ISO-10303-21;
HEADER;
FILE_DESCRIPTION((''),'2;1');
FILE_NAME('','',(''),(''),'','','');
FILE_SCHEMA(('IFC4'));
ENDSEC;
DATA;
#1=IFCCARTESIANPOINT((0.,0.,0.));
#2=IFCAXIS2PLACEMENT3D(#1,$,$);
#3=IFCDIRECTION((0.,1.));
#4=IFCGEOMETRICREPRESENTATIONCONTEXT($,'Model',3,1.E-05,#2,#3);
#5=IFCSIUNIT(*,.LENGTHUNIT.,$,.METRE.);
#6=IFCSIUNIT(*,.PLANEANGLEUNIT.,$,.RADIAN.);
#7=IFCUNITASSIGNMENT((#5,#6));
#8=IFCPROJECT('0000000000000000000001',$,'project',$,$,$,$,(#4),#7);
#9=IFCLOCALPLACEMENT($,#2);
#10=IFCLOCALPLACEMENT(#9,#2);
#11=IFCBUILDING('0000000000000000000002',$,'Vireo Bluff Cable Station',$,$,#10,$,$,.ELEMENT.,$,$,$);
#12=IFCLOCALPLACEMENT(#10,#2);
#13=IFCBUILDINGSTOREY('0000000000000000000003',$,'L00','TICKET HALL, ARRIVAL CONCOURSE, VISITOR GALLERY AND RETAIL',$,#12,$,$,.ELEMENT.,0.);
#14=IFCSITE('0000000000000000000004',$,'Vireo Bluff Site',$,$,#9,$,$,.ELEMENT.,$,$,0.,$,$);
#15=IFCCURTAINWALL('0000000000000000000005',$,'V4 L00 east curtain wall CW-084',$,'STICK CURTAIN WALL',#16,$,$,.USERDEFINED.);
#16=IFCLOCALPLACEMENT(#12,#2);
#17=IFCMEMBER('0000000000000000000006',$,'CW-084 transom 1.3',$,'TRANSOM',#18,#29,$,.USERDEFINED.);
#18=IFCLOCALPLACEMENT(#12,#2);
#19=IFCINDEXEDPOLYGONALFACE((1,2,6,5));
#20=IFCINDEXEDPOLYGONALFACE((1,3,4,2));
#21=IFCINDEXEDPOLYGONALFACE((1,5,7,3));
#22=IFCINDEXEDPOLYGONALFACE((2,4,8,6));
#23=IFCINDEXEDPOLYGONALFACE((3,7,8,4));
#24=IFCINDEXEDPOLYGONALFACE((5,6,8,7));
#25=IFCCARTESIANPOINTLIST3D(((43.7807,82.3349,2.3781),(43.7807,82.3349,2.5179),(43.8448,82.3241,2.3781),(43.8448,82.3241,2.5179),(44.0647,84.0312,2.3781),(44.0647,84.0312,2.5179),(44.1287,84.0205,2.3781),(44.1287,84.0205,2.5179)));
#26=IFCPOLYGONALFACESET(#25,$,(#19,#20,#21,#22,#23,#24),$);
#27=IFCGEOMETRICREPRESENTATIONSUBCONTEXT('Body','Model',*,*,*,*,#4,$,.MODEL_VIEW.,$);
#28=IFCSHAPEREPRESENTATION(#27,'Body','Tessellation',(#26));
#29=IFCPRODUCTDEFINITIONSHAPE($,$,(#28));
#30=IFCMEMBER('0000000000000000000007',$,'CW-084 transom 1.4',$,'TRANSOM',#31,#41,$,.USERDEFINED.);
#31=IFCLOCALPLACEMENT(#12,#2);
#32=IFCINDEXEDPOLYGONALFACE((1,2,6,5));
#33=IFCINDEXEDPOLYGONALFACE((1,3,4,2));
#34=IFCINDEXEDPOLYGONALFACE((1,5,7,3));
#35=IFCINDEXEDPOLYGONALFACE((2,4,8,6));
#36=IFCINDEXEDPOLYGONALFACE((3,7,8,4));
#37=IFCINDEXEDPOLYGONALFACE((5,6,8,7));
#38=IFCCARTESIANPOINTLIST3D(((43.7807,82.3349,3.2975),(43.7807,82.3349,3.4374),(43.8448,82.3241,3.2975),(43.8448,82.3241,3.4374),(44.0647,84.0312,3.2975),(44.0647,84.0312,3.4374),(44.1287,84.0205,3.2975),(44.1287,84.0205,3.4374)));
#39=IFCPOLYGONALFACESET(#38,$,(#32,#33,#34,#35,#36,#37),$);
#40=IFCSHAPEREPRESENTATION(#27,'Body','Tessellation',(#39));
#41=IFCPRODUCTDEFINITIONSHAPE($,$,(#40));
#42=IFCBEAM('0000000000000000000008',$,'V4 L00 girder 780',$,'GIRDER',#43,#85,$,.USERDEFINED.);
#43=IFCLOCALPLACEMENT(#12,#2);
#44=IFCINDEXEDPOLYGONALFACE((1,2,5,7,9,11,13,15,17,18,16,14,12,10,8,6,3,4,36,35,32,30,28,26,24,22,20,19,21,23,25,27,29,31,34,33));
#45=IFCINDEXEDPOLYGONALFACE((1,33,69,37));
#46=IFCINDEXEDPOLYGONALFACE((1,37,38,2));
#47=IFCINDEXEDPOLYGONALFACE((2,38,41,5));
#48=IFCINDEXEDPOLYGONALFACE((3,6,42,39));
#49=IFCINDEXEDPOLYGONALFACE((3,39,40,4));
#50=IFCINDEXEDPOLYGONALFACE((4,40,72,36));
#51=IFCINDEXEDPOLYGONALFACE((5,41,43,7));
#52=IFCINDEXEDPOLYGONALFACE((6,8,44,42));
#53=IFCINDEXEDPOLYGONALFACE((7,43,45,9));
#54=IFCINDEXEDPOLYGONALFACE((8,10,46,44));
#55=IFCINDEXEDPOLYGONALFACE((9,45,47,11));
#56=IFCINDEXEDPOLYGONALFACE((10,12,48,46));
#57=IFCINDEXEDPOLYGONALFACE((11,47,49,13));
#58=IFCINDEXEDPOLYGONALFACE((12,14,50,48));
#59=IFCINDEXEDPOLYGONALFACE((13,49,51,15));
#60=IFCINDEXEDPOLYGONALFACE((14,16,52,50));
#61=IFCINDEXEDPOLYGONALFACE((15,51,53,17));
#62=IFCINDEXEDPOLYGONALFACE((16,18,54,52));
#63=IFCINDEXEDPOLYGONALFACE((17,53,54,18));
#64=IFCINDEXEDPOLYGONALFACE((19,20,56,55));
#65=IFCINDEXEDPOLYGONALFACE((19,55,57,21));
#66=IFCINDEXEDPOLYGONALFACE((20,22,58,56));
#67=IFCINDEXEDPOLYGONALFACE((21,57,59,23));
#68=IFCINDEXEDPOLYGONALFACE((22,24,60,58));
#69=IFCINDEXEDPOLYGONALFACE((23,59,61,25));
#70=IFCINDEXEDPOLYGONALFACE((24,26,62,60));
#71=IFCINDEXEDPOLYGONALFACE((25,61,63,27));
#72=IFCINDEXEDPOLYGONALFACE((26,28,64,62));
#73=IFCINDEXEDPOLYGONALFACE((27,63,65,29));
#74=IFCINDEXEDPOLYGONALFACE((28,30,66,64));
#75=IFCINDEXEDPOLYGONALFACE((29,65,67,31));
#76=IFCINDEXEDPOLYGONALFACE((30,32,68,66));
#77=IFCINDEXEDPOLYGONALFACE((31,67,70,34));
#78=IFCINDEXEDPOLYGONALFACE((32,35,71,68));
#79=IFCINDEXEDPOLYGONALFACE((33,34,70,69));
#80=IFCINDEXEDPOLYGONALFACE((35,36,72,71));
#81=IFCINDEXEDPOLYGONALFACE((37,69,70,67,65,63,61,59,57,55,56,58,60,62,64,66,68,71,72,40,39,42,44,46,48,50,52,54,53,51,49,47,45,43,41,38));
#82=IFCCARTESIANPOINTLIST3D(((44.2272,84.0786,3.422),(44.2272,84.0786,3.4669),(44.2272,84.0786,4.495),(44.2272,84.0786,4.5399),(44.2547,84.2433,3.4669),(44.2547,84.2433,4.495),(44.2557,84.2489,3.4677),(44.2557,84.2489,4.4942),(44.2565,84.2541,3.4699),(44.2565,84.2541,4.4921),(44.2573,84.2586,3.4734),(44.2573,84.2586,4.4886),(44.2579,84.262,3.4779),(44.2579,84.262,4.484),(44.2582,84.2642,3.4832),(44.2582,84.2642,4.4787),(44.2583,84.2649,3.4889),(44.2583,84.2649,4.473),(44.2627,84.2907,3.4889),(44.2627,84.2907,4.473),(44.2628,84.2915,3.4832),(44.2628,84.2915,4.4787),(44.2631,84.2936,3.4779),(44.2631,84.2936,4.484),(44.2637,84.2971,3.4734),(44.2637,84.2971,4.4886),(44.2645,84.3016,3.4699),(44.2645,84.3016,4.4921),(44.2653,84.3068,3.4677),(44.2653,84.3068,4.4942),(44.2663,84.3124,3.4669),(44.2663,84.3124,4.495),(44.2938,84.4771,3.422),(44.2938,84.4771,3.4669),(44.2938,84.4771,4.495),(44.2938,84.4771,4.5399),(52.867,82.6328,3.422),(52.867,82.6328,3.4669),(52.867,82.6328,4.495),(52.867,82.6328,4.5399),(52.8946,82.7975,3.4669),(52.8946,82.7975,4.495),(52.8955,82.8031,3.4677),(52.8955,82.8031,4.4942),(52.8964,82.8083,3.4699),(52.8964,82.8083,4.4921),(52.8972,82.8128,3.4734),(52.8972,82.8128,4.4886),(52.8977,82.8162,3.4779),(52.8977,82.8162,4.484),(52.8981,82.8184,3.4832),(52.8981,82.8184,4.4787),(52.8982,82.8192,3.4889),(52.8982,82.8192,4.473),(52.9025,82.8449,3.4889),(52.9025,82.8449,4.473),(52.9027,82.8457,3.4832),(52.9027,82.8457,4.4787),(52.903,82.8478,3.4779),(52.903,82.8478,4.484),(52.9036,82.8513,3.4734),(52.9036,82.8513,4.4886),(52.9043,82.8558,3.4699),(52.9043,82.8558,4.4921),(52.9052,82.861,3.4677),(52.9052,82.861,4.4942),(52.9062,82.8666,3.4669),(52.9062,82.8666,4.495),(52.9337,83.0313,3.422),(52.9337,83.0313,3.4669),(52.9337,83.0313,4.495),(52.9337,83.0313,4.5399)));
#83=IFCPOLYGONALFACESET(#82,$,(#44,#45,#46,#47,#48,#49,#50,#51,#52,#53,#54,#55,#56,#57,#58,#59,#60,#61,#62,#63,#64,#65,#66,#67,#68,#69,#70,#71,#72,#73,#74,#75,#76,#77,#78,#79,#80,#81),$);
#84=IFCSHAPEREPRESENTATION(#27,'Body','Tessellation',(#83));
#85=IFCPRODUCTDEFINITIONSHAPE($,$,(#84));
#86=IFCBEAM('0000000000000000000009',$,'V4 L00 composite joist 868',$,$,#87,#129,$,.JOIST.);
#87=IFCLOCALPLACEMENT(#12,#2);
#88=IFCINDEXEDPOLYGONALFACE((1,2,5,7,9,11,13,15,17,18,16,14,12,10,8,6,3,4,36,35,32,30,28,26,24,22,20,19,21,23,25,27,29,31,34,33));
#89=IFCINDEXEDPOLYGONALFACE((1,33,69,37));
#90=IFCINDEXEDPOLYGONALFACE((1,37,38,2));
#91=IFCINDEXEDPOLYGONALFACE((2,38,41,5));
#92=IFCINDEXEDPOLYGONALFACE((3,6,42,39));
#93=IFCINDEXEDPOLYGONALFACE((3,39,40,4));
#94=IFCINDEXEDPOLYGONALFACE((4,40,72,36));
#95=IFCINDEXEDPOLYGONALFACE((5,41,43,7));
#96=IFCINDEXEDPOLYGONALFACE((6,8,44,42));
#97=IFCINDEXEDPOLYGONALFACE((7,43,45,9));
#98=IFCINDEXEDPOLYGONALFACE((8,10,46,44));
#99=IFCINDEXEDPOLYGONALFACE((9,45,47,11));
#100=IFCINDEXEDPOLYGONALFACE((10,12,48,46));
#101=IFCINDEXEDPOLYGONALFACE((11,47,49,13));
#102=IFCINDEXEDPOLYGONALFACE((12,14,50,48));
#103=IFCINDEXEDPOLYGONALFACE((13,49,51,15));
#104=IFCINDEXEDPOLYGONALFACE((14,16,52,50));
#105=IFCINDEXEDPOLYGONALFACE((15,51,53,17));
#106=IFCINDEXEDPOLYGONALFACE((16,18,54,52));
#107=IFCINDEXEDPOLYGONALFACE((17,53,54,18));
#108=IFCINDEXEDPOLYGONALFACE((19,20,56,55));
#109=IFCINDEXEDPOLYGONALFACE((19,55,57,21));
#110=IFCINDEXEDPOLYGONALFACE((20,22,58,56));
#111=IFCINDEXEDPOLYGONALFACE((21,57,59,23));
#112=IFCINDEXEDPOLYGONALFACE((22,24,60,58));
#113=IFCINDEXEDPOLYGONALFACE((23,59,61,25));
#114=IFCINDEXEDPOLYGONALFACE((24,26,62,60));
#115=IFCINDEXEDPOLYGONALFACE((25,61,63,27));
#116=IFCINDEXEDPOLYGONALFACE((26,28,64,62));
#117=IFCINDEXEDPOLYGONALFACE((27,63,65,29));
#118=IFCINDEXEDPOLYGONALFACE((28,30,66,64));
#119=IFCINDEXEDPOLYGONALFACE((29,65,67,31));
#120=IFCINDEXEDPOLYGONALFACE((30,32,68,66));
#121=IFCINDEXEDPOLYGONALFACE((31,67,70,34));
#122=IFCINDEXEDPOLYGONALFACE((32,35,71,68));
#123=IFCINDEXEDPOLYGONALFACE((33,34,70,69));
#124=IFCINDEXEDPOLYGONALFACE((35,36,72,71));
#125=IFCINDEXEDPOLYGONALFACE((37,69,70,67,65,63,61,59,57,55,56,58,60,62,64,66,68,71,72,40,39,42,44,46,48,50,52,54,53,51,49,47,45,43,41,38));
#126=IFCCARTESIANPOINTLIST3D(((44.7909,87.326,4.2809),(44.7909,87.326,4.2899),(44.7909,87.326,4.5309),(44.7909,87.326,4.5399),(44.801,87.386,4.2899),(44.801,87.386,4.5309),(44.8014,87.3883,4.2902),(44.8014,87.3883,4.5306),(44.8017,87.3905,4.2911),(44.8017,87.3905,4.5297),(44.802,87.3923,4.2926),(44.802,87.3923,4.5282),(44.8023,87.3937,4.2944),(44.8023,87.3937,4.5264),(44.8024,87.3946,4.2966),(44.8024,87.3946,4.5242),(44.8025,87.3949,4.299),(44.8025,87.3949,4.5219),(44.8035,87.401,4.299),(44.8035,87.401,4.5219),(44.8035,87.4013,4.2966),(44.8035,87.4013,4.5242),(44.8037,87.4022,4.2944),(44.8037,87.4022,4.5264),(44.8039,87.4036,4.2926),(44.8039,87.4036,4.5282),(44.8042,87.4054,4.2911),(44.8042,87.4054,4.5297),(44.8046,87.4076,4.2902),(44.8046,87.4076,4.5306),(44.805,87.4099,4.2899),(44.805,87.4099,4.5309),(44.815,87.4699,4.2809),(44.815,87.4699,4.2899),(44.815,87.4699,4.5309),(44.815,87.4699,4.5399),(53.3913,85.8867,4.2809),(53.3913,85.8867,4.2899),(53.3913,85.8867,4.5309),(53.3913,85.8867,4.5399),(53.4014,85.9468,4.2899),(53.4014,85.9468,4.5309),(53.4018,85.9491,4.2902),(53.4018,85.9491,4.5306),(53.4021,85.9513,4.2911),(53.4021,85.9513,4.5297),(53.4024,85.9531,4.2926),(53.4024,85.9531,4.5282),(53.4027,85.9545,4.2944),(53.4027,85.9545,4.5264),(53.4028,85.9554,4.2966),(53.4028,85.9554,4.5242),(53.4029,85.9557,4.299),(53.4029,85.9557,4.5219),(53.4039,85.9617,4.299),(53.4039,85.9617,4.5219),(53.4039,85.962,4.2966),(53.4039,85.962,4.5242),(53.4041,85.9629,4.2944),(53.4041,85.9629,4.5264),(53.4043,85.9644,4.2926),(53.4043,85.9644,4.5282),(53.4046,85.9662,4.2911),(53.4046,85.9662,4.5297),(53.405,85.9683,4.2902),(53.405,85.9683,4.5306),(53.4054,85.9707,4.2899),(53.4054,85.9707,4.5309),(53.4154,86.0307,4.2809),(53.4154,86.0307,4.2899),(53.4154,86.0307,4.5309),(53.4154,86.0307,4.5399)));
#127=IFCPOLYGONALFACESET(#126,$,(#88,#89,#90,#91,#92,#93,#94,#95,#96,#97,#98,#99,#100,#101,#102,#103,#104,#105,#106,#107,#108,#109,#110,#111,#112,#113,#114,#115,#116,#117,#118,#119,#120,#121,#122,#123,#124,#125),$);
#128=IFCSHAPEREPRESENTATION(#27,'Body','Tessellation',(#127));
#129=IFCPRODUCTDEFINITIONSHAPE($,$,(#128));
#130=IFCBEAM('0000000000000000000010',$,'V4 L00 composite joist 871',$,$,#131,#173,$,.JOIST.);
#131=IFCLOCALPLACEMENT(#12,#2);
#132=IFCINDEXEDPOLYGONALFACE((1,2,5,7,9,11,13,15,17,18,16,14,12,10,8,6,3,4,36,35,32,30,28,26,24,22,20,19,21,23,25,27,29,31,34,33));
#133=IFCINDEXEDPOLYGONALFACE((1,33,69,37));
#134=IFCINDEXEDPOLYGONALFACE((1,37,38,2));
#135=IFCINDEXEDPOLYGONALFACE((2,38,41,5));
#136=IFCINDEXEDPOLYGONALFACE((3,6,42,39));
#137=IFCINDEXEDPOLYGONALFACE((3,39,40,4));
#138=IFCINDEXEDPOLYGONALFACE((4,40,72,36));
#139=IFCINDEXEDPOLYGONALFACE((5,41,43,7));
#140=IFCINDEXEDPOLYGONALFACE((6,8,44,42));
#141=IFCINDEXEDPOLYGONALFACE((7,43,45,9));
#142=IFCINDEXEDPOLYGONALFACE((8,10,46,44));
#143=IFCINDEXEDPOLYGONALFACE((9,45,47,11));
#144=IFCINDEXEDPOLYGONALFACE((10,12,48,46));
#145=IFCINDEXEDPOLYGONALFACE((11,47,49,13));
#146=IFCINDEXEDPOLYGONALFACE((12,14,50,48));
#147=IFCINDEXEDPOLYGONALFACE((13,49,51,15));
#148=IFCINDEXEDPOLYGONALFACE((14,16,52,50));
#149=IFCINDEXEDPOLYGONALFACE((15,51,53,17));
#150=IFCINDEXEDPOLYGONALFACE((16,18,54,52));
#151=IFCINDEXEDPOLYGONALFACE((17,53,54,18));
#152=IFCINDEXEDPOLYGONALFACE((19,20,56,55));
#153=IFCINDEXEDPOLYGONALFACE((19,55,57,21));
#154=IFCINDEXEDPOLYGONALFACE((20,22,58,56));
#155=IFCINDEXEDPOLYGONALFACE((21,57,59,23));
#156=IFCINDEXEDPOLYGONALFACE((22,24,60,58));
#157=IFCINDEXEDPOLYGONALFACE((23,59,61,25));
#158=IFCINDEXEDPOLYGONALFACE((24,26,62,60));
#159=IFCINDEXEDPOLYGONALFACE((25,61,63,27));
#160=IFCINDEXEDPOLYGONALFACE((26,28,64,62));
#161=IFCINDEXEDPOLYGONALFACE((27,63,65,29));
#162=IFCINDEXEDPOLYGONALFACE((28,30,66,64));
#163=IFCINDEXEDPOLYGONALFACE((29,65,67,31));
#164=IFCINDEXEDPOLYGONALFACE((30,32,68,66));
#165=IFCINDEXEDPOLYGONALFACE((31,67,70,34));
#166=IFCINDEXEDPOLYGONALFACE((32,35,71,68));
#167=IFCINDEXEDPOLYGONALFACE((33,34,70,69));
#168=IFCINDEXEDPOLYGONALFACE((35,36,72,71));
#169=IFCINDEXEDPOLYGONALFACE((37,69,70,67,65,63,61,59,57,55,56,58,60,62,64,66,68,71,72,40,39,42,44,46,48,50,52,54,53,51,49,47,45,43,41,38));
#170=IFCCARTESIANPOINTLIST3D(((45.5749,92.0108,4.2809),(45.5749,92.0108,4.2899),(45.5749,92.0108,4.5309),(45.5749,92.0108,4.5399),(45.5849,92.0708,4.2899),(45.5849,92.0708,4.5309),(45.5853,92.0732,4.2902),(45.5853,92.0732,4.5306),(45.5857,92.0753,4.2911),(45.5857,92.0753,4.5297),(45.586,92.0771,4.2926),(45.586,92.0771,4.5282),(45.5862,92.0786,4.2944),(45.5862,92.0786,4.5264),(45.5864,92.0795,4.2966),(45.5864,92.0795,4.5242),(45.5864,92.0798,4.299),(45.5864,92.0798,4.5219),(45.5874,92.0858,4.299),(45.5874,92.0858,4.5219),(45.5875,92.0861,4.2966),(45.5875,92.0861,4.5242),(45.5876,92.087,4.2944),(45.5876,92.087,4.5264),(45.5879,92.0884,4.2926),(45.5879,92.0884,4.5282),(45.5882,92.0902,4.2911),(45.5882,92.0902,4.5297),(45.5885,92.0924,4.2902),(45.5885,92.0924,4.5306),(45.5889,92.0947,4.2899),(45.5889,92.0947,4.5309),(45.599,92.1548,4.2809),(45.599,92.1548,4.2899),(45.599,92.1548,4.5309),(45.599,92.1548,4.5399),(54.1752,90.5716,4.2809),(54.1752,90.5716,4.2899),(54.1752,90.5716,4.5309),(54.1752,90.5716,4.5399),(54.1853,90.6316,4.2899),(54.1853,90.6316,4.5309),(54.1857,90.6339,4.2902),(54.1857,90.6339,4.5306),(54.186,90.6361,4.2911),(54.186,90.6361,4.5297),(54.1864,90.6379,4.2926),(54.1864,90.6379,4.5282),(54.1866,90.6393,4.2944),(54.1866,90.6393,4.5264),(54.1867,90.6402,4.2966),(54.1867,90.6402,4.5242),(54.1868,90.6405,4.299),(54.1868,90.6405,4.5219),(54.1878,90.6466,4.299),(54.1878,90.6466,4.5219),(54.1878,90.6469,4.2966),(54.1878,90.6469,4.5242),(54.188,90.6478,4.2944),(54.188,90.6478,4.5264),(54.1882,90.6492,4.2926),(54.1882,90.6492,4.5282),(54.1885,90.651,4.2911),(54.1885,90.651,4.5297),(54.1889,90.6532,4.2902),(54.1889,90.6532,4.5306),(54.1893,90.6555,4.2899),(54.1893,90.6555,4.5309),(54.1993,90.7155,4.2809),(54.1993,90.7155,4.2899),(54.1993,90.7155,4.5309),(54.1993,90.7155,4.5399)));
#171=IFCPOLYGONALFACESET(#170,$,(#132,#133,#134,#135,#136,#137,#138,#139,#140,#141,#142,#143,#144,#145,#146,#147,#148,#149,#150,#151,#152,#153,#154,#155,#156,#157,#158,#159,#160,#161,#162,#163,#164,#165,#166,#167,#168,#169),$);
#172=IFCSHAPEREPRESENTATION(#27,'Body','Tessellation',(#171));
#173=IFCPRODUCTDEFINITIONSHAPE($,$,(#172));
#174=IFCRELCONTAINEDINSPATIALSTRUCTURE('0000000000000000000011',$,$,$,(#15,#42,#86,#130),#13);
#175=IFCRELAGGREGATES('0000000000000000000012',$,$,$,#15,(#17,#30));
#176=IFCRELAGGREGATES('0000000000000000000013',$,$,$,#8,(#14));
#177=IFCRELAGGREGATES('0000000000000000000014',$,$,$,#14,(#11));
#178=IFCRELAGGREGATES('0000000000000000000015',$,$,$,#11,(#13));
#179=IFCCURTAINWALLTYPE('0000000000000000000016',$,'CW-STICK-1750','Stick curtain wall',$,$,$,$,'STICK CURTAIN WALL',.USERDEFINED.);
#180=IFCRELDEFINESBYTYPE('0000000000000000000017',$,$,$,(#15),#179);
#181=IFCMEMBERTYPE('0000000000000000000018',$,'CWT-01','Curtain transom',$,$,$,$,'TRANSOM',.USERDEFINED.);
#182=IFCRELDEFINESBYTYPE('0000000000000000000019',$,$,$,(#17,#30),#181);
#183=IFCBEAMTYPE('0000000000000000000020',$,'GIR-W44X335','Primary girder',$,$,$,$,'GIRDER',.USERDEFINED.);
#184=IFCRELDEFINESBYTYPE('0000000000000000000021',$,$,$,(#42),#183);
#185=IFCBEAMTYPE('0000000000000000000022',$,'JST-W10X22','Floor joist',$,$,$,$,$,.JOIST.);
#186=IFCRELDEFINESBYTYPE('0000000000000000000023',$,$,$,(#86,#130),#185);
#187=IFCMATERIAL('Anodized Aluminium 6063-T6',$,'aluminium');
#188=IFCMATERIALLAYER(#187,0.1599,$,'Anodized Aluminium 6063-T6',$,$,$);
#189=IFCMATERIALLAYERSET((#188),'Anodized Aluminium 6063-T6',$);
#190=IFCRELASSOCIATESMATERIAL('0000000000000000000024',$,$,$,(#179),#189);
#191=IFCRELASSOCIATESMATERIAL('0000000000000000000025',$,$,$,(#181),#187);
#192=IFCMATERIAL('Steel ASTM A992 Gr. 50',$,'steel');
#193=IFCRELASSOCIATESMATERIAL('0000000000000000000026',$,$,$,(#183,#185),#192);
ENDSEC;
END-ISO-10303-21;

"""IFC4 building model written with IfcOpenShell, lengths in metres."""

from ifc_helpers import new_model, si_unit, direction, frame, origin, origin_2d, place, context, subcontext, project, spatial, rectangle, i_section, extrude, material, layer, layer_set, material_profile, profile_set, type_object, element, aggregate, save


model = new_model("IFC4")

# Units and contexts
model_context = context("Model", 3, precision=1e-05, world=origin(), true_north=direction((0.0, 1.0)))
body_context = subcontext(model_context, "Body", "Model", "MODEL_VIEW")
ifc_project = project(units=[si_unit("LENGTHUNIT", "METRE"), si_unit("PLANEANGLEUNIT", "RADIAN")], contexts=[model_context])

# Site, building, storey
site_placement = place(None, origin())
site = spatial("IfcSite", under=ifc_project, at=site_placement, Name="Vireo Bluff Site", CompositionType="ELEMENT", RefElevation=0.0)
building_placement = place(site_placement, origin())
building = spatial("IfcBuilding", under=site, at=building_placement, Name="Vireo Bluff Cable Station", CompositionType="ELEMENT")
storey_placement = place(building_placement, origin())
storey = spatial("IfcBuildingStorey", under=building, at=storey_placement, Name="L00", Description="TICKET HALL, ARRIVAL CONCOURSE, VISITOR GALLERY AND RETAIL", CompositionType="ELEMENT", Elevation=0.0)

# Shared definitions
ifc_material_1 = material(Name="Steel ASTM A992 Gr. 50", Category="steel")

# Curtain wall, members
ifc_material_2 = material(Name="Anodized Aluminium 6063-T6", Category="aluminium")
ifc_layer_1 = layer(ifc_material_2, 0.1599, Name="Anodized Aluminium 6063-T6")
ifc_layer_set_1 = layer_set([ifc_layer_1], Name="Anodized Aluminium 6063-T6")
curtain_wall_type = type_object("IfcCurtainWallType", Name="CW-STICK-1750", Description="Stick curtain wall", ElementType="STICK CURTAIN WALL", PredefinedType="USERDEFINED", material=ifc_layer_set_1)
curtain_wall_placement = place(storey_placement, origin())
curtain_wall = element("IfcCurtainWall", 1, at=curtain_wall_placement, inside=storey, type_object=curtain_wall_type, Name="V4 L00 east curtain wall CW-084", ObjectType="STICK CURTAIN WALL", PredefinedType="USERDEFINED")
ifc_material_profile_1 = material_profile(ifc_material_2, rectangle(XDim=0.0649, YDim=0.1399, at=origin_2d()), Name="ALU-T-65X140")
ifc_profile_set_1 = profile_set([ifc_material_profile_1], Name="Anodized Aluminium 6063-T6")
member_type_1 = type_object("IfcMemberType", Name="CWT-01", Description="Curtain transom", ElementType="TRANSOM", PredefinedType="USERDEFINED", material=ifc_profile_set_1)
member_1_placement = place(storey_placement, frame((44.0967, 84.0259, 2.448), z_axis=(-0.16509, -0.986279, 0.0), x_axis=(0.986279, -0.16509, 0.0)))
member_1 = element("IfcMember", 2, at=member_1_placement, type_object=member_type_1, Name="CW-084 transom 1.3", ObjectType="TRANSOM", PredefinedType="USERDEFINED", context=body_context, shape_type="SweptSolid", body=[
    extrude(rectangle(XDim=0.0649, YDim=0.1399, at=origin_2d()), origin(), (0.0, 0.0, 1.0), 1.72),
])
member_2_placement = place(storey_placement, frame((44.0967, 84.0259, 3.3674), z_axis=(-0.16509, -0.986279, 0.0), x_axis=(0.986279, -0.16509, 0.0)))
member_2 = element("IfcMember", 3, at=member_2_placement, type_object=member_type_1, Name="CW-084 transom 1.4", ObjectType="TRANSOM", PredefinedType="USERDEFINED", context=body_context, shape_type="SweptSolid", body=[
    extrude(rectangle(XDim=0.0649, YDim=0.1399, at=origin_2d()), origin(), (0.0, 0.0, 1.0), 1.72),
])

# Beams
ifc_material_profile_2 = material_profile(ifc_material_1, i_section(OverallWidth=0.4041, OverallDepth=1.1179, WebThickness=0.0261, FlangeThickness=0.0449, FilletRadius=0.022, at=origin_2d()), Name="W44X335")
ifc_profile_set_2 = profile_set([ifc_material_profile_2], Name="Steel ASTM A992 Gr. 50")
beam_type_1 = type_object("IfcBeamType", Name="GIR-W44X335", Description="Primary girder", ElementType="GIRDER", PredefinedType="USERDEFINED", material=ifc_profile_set_2)
beam_1_placement = place(storey_placement, frame((44.2605, 84.2778, 3.981), z_axis=(0.986286, -0.165045, 0.0), x_axis=(0.165045, 0.986286, 0.0)))
element("IfcBeam", 4, at=beam_1_placement, inside=storey, type_object=beam_type_1, Name="V4 L00 girder 780", ObjectType="GIRDER", PredefinedType="USERDEFINED", context=body_context, shape_type="SweptSolid", body=[
    extrude(i_section(OverallWidth=0.4041, OverallDepth=1.1179, WebThickness=0.0261, FlangeThickness=0.0449, FilletRadius=0.022, at=origin_2d()), origin(), (0.0, 0.0, 1.0), 8.76),
])
ifc_material_profile_3 = material_profile(ifc_material_1, i_section(OverallWidth=0.146, OverallDepth=0.259, WebThickness=0.0061, FlangeThickness=0.009, FilletRadius=0.009, at=origin_2d()), Name="W10X22")
ifc_profile_set_3 = profile_set([ifc_material_profile_3], Name="Steel ASTM A992 Gr. 50")
beam_type_2 = type_object("IfcBeamType", Name="JST-W10X22", Description="Floor joist", PredefinedType="JOIST", material=ifc_profile_set_3)
for number, where, z_axis, x_axis, name in (
    (5, (44.803, 87.3979, 4.4104), (0.986286, -0.165048, 0.0), (0.165048, 0.986286, 0.0), "V4 L00 composite joist 868"),
    (6, (45.5869, 92.0828, 4.4104), (0.986286, -0.165048, 0.0), (0.165048, 0.986286, 0.0), "V4 L00 composite joist 871"),
):
    element("IfcBeam", number, at=place(storey_placement, frame(where, z_axis=z_axis, x_axis=x_axis)), inside=storey, type_object=beam_type_2, Name=name, PredefinedType="JOIST", context=body_context, shape_type="SweptSolid", body=[
        extrude(i_section(OverallWidth=0.146, OverallDepth=0.259, WebThickness=0.0061, FlangeThickness=0.009, FilletRadius=0.009, at=origin_2d()), origin(), (0.0, 0.0, 1.0), 8.72),
    ])

aggregate(curtain_wall, [member_1, member_2])

save(model, "model.ifc")
